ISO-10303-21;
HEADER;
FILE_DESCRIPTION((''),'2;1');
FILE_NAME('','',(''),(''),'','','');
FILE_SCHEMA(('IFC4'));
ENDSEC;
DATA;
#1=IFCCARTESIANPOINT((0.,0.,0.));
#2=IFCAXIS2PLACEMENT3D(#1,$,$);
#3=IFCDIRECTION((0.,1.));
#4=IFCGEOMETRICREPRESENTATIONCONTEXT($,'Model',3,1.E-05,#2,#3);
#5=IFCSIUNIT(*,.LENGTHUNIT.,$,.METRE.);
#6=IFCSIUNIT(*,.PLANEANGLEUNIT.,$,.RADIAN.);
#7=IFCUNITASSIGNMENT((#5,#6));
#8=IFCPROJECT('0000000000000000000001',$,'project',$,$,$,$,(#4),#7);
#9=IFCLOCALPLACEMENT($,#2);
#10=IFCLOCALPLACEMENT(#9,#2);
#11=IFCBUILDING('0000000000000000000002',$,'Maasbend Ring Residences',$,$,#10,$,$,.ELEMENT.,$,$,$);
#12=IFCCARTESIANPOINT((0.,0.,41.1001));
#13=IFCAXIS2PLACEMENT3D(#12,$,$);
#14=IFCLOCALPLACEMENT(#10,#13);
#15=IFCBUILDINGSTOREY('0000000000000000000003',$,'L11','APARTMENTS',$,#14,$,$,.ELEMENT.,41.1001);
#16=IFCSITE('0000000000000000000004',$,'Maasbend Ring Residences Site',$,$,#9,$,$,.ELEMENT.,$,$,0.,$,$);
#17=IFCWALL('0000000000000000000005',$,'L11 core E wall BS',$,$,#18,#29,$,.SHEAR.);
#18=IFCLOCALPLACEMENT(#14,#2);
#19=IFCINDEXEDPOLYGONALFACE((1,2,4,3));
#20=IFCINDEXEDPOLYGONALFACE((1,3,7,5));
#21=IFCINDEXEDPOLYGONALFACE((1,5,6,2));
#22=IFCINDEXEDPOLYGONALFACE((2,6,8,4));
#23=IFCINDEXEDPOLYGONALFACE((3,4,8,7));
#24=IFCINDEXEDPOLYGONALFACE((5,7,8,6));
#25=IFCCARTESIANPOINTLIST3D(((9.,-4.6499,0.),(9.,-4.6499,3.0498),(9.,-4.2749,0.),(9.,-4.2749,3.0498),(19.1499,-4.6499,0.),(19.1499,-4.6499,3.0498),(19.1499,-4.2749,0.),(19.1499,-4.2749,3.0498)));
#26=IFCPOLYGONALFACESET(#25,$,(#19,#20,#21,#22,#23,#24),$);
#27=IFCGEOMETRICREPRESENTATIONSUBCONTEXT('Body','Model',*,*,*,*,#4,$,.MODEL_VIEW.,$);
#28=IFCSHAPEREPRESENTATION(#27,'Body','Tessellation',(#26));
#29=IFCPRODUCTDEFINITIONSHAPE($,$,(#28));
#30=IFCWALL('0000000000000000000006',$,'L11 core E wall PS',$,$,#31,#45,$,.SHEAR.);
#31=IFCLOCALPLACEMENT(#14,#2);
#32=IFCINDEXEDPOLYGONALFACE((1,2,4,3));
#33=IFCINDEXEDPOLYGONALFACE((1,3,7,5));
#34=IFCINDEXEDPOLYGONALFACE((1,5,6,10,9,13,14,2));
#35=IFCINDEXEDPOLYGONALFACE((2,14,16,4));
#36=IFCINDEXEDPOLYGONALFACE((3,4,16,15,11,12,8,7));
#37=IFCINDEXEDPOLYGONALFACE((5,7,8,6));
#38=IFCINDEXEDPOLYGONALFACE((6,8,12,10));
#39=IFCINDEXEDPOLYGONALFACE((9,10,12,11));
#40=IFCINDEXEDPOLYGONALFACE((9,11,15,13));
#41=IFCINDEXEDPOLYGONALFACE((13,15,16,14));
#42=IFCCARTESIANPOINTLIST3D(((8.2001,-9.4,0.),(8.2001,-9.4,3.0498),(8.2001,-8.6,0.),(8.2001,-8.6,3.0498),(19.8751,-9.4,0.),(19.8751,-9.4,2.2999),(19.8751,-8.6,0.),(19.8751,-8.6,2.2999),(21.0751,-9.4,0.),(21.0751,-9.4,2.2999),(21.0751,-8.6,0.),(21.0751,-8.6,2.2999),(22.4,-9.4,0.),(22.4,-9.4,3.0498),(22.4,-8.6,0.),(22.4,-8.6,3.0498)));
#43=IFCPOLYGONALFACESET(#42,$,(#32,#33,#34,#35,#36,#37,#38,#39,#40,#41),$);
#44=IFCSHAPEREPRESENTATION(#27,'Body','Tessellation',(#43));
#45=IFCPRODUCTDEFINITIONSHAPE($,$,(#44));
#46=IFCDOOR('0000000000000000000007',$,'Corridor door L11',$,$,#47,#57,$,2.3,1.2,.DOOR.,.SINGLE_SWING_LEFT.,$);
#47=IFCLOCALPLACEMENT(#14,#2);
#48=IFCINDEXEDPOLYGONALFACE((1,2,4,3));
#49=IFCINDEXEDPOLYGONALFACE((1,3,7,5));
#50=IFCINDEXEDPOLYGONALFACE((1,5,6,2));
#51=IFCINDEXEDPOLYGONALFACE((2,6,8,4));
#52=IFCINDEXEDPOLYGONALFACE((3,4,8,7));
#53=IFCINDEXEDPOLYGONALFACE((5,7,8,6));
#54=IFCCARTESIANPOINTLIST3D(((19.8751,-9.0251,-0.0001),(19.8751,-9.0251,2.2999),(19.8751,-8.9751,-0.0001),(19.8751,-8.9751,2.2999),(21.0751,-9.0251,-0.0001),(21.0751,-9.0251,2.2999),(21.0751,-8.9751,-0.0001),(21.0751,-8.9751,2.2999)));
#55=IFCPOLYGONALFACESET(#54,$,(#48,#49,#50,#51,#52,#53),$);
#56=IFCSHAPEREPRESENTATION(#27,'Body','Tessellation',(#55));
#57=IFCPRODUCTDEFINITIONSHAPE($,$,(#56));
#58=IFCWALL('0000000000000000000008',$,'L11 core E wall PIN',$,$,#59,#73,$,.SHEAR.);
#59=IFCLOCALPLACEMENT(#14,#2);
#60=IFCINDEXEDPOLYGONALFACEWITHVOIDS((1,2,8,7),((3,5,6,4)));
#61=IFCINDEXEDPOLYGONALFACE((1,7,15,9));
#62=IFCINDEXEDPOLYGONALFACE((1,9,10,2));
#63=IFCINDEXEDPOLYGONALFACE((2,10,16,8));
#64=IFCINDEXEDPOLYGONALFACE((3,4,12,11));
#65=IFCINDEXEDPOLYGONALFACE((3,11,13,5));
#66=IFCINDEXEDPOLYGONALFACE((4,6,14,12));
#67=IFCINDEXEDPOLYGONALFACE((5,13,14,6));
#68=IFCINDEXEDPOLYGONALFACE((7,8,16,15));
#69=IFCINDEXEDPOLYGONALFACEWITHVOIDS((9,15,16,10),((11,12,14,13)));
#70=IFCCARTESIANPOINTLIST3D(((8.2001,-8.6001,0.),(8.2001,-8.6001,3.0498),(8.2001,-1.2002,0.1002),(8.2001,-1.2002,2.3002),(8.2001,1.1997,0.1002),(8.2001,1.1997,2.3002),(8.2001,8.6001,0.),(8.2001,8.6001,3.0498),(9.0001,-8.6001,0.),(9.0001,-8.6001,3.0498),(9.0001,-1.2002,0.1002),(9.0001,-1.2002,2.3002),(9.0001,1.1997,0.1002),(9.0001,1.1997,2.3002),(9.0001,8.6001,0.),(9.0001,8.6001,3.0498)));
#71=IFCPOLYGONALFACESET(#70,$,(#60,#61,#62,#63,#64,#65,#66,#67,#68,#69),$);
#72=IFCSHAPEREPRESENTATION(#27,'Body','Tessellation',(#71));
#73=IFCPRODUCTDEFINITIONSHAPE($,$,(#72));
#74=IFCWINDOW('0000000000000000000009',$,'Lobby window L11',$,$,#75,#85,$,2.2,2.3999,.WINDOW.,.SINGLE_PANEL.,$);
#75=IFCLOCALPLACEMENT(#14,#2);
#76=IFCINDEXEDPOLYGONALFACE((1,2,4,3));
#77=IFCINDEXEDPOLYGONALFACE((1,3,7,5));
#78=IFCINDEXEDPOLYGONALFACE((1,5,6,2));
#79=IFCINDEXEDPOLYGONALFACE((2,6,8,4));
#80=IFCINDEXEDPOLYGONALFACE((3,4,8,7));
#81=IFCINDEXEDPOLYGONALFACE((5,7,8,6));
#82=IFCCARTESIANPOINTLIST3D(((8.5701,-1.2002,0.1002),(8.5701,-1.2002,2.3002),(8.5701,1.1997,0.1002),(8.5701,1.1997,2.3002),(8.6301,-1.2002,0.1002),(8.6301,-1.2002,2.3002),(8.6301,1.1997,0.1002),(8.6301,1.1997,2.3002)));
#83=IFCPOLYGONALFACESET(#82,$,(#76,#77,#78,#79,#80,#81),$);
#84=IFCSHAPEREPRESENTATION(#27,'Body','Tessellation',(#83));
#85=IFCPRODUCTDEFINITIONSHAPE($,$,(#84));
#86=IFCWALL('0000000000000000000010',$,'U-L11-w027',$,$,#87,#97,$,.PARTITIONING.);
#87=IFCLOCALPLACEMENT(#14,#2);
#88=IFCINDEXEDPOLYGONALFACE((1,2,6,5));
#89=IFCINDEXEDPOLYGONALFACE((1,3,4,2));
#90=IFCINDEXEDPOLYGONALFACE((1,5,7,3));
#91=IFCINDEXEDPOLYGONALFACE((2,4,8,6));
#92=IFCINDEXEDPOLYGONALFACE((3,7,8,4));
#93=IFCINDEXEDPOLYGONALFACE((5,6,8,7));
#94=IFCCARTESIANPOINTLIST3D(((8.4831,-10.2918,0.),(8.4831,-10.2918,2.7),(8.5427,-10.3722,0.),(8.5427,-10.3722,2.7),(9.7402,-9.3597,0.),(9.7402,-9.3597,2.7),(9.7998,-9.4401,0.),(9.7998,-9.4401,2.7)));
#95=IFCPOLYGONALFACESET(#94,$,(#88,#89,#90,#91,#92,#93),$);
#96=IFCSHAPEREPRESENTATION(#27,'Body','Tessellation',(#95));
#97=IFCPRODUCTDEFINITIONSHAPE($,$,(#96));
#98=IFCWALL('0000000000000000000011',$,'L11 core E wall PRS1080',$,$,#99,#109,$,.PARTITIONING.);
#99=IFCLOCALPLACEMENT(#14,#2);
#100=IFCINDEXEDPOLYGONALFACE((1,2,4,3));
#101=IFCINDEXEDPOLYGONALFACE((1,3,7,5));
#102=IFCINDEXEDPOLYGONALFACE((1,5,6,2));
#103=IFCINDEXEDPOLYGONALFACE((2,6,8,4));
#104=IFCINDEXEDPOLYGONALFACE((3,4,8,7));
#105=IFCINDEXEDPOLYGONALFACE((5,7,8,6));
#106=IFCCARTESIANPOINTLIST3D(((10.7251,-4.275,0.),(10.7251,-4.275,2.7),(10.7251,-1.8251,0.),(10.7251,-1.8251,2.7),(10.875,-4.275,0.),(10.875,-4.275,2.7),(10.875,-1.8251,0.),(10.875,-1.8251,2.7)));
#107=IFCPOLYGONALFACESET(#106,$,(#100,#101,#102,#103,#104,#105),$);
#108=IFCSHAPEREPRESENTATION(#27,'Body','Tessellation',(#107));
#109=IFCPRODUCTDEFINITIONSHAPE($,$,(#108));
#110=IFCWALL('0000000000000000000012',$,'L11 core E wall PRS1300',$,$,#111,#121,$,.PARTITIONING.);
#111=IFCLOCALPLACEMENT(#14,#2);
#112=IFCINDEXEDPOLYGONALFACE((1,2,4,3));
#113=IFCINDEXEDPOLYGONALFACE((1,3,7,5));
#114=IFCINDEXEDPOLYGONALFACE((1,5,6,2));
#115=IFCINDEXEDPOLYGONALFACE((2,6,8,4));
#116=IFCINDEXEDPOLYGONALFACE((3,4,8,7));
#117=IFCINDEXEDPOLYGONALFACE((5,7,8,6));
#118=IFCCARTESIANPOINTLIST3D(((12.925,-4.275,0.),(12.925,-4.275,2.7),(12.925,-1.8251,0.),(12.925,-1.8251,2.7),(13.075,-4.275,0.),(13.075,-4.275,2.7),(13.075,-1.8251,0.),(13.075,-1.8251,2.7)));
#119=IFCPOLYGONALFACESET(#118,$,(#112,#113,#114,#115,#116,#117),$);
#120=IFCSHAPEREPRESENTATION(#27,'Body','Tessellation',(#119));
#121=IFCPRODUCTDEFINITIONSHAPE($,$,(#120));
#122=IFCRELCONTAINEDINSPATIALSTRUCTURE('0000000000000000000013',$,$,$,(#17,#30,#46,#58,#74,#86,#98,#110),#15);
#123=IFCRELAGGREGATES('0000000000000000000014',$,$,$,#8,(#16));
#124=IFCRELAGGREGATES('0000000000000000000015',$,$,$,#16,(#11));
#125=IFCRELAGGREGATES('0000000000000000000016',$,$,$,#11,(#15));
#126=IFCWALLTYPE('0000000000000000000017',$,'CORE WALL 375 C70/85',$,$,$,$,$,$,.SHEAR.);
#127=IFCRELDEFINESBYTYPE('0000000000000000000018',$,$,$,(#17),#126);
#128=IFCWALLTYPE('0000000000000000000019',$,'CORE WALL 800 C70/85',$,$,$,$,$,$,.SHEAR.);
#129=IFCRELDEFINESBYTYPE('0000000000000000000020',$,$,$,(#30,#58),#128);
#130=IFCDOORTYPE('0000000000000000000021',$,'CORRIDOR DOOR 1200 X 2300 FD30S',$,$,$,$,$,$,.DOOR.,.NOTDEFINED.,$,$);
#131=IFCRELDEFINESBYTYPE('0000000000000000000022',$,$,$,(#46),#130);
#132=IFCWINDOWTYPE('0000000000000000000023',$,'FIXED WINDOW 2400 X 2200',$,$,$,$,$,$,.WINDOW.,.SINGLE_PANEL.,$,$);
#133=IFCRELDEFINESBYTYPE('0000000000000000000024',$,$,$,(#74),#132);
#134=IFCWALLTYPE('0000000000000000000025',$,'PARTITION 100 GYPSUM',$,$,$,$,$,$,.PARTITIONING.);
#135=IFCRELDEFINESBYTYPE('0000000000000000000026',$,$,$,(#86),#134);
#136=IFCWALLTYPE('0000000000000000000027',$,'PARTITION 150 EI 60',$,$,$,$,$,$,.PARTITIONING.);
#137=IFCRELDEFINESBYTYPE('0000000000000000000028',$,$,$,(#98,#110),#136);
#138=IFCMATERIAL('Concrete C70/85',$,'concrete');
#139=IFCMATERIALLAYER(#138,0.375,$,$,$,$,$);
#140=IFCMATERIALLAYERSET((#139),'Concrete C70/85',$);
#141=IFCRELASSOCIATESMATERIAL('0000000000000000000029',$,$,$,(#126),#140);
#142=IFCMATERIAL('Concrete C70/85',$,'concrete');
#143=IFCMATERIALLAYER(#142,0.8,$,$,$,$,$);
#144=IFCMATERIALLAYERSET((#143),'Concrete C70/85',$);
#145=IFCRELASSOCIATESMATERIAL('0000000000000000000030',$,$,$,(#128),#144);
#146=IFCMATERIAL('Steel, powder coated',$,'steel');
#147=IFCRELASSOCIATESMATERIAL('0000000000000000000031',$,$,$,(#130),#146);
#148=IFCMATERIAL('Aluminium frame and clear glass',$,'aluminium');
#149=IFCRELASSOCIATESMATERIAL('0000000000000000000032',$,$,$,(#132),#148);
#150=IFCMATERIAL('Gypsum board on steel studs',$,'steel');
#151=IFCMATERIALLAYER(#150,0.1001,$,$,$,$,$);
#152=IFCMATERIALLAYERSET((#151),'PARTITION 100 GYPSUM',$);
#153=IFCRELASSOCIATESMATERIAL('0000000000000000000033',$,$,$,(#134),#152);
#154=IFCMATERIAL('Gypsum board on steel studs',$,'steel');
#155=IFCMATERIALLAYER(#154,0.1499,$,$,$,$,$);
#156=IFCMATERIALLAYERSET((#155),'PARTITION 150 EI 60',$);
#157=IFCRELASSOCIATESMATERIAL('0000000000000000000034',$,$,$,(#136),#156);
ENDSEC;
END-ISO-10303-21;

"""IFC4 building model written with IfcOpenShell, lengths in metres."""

from ifc_helpers import new_model, si_unit, direction, frame, frame_2d, origin, place, context, subcontext, project, spatial, rectangle, extrude, material, layer, layer_set, type_object, element, fill, save


model = new_model("IFC4")

# Units and contexts
model_context = context("Model", 3, precision=1e-05, world=origin(), true_north=direction((0.0, 1.0)))
body_context = subcontext(model_context, "Body", "Model", "MODEL_VIEW")
ifc_project = project(units=[si_unit("LENGTHUNIT", "METRE"), si_unit("PLANEANGLEUNIT", "RADIAN")], contexts=[model_context])

# Site, building, storey
site_placement = place(None, origin())
site = spatial("IfcSite", under=ifc_project, at=site_placement, Name="Maasbend Ring Residences Site", CompositionType="ELEMENT", RefElevation=0.0)
building_placement = place(site_placement, origin())
building = spatial("IfcBuilding", under=site, at=building_placement, Name="Maasbend Ring Residences", CompositionType="ELEMENT")
storey_placement = place(building_placement, frame((0.0, 0.0, 41.1001)))
storey = spatial("IfcBuildingStorey", under=building, at=storey_placement, Name="L11", Description="APARTMENTS", CompositionType="ELEMENT", Elevation=41.1001)

# Wall
ifc_material_1 = material(Name="Concrete C70/85", Category="concrete")
ifc_layer_1 = layer(ifc_material_1, 0.375)
ifc_layer_set_1 = layer_set([ifc_layer_1], Name="Concrete C70/85")
wall_type_1 = type_object("IfcWallType", Name="CORE WALL 375 C70/85", PredefinedType="SHEAR", material=ifc_layer_set_1)
wall_1_placement = place(storey_placement, frame((9.0, -4.4624, 0.0), z_axis=(0.0, 0.0, 1.0), x_axis=(1.0, 0.0, 0.0)))
element("IfcWall", 1, at=wall_1_placement, inside=storey, type_object=wall_type_1, Name="L11 core E wall BS", PredefinedType="SHEAR", context=body_context, shape_type="SweptSolid", body=[
    extrude(rectangle(XDim=10.1499, YDim=0.375, at=frame_2d((5.075, 0.0))), origin(), (0.0, 0.0, 1.0), 3.0498),
])

# Wall, opening, door
ifc_material_2 = material(Name="Concrete C70/85", Category="concrete")
ifc_layer_2 = layer(ifc_material_2, 0.8)
ifc_layer_set_2 = layer_set([ifc_layer_2], Name="Concrete C70/85")
wall_type_2 = type_object("IfcWallType", Name="CORE WALL 800 C70/85", PredefinedType="SHEAR", material=ifc_layer_set_2)
wall_2_placement = place(storey_placement, frame((8.2, -9.0, 0.0), z_axis=(0.0, 0.0, 1.0), x_axis=(1.0, 0.0, 0.0)))
wall_2 = element("IfcWall", 2, at=wall_2_placement, inside=storey, type_object=wall_type_2, Name="L11 core E wall PS", PredefinedType="SHEAR", context=body_context, shape_type="SweptSolid", body=[
    extrude(rectangle(XDim=14.2, YDim=0.8, at=frame_2d((7.1001, 0.0))), origin(), (0.0, 0.0, 1.0), 3.0498),
])
opening_1_placement = place(wall_2_placement, frame((11.675, 0.0, 0.0)))
opening_1 = element("IfcOpeningElement", 3, at=opening_1_placement, cuts=wall_2, PredefinedType="OPENING", context=body_context, shape_type="SweptSolid", body=[
    extrude(rectangle(XDim=1.2, YDim=2.3, at=frame_2d((0.6001, 1.1499))), frame((0.0, 0.4102, 0.0), z_axis=(0.0, -1.0, 0.0), x_axis=(1.0, 0.0, 0.0)), (0.0, 0.0, 1.0), 0.8201),
])
ifc_material_3 = material(Name="Steel, powder coated", Category="steel")
door_type = type_object("IfcDoorType", Name="CORRIDOR DOOR 1200 X 2300 FD30S", OperationType="NOTDEFINED", PredefinedType="DOOR", material=ifc_material_3)
door_placement = place(opening_1_placement, origin())
door = element("IfcDoor", 4, at=door_placement, inside=storey, type_object=door_type, Name="Corridor door L11", OperationType="SINGLE_SWING_LEFT", OverallHeight=2.3, OverallWidth=1.2, PredefinedType="DOOR", context=body_context, shape_type="SweptSolid", body=[
    extrude(rectangle(XDim=1.2, YDim=2.3, at=frame_2d((0.6001, 1.1499))), frame((0.0, 0.0249, 0.0), z_axis=(0.0, -1.0, 0.0), x_axis=(1.0, 0.0, 0.0)), (0.0, 0.0, 1.0), 0.05),
])
fill(opening_1, door)

# Wall, opening, window
wall_3_placement = place(storey_placement, frame((8.6001, -8.6001, 0.0), z_axis=(0.0, 0.0, 1.0), x_axis=(0.0, 1.0, 0.0)))
wall_3 = element("IfcWall", 5, at=wall_3_placement, inside=storey, type_object=wall_type_2, Name="L11 core E wall PIN", PredefinedType="SHEAR", context=body_context, shape_type="SweptSolid", body=[
    extrude(rectangle(XDim=17.2002, YDim=0.8, at=frame_2d((8.6001, 0.0))), origin(), (0.0, 0.0, 1.0), 3.0498),
])
opening_2_placement = place(wall_3_placement, frame((7.3999, 0.0, 0.1001)))
opening_2 = element("IfcOpeningElement", 6, at=opening_2_placement, cuts=wall_3, PredefinedType="OPENING", context=body_context, shape_type="SweptSolid", body=[
    extrude(rectangle(XDim=2.3999, YDim=2.2, at=frame_2d((1.2, 1.1001))), frame((0.0, 0.4102, 0.0), z_axis=(0.0, -1.0, 0.0), x_axis=(1.0, 0.0, 0.0)), (0.0, 0.0, 1.0), 0.8201),
])
ifc_material_4 = material(Name="Aluminium frame and clear glass", Category="aluminium")
window_type = type_object("IfcWindowType", Name="FIXED WINDOW 2400 X 2200", PartitioningType="SINGLE_PANEL", PredefinedType="WINDOW", material=ifc_material_4)
window_placement = place(opening_2_placement, origin())
window = element("IfcWindow", 7, at=window_placement, inside=storey, type_object=window_type, Name="Lobby window L11", OverallHeight=2.2, OverallWidth=2.3999, PartitioningType="SINGLE_PANEL", PredefinedType="WINDOW", context=body_context, shape_type="SweptSolid", body=[
    extrude(rectangle(XDim=2.3999, YDim=2.2, at=frame_2d((1.2, 1.1001))), frame((0.0, 0.03, 0.0), z_axis=(0.0, -1.0, 0.0), x_axis=(1.0, 0.0, 0.0)), (0.0, 0.0, 1.0), 0.0601),
])
fill(opening_2, window)

# Walls
ifc_material_5 = material(Name="Gypsum board on steel studs", Category="steel")
ifc_layer_3 = layer(ifc_material_5, 0.1001)
ifc_layer_set_3 = layer_set([ifc_layer_3], Name="PARTITION 100 GYPSUM")
wall_type_3 = type_object("IfcWallType", Name="PARTITION 100 GYPSUM", PredefinedType="PARTITIONING", material=ifc_layer_set_3)
wall_4_placement = place(storey_placement, frame((8.5129, -10.332, 0.0), z_axis=(0.0, 0.0, 1.0), x_axis=(0.803264, 0.595623, 0.0)))
element("IfcWall", 8, at=wall_4_placement, inside=storey, type_object=wall_type_3, Name="U-L11-w027", PredefinedType="PARTITIONING", context=body_context, shape_type="SweptSolid", body=[
    extrude(rectangle(XDim=1.5649, YDim=0.1001, at=frame_2d((0.7825, 0.0))), origin(), (0.0, 0.0, 1.0), 2.7),
])
ifc_material_6 = material(Name="Gypsum board on steel studs", Category="steel")
ifc_layer_4 = layer(ifc_material_6, 0.1499)
ifc_layer_set_4 = layer_set([ifc_layer_4], Name="PARTITION 150 EI 60")
wall_type_4 = type_object("IfcWallType", Name="PARTITION 150 EI 60", PredefinedType="PARTITIONING", material=ifc_layer_set_4)
for number, where, z_axis, x_axis, name in (
    (9, (10.8, -1.825, 0.0), (0.0, 0.0, 1.0), (0.0, -1.0, 0.0), "L11 core E wall PRS1080"),
    (10, (13.0, -1.825, 0.0), (0.0, 0.0, 1.0), (0.0, -1.0, 0.0), "L11 core E wall PRS1300"),
):
    element("IfcWall", number, at=place(storey_placement, frame(where, z_axis=z_axis, x_axis=x_axis)), inside=storey, type_object=wall_type_4, Name=name, PredefinedType="PARTITIONING", context=body_context, shape_type="SweptSolid", body=[
        extrude(rectangle(XDim=2.45, YDim=0.1499, at=frame_2d((1.2251, 0.0))), origin(), (0.0, 0.0, 1.0), 2.7),
    ])

save(model, "model.ifc")
